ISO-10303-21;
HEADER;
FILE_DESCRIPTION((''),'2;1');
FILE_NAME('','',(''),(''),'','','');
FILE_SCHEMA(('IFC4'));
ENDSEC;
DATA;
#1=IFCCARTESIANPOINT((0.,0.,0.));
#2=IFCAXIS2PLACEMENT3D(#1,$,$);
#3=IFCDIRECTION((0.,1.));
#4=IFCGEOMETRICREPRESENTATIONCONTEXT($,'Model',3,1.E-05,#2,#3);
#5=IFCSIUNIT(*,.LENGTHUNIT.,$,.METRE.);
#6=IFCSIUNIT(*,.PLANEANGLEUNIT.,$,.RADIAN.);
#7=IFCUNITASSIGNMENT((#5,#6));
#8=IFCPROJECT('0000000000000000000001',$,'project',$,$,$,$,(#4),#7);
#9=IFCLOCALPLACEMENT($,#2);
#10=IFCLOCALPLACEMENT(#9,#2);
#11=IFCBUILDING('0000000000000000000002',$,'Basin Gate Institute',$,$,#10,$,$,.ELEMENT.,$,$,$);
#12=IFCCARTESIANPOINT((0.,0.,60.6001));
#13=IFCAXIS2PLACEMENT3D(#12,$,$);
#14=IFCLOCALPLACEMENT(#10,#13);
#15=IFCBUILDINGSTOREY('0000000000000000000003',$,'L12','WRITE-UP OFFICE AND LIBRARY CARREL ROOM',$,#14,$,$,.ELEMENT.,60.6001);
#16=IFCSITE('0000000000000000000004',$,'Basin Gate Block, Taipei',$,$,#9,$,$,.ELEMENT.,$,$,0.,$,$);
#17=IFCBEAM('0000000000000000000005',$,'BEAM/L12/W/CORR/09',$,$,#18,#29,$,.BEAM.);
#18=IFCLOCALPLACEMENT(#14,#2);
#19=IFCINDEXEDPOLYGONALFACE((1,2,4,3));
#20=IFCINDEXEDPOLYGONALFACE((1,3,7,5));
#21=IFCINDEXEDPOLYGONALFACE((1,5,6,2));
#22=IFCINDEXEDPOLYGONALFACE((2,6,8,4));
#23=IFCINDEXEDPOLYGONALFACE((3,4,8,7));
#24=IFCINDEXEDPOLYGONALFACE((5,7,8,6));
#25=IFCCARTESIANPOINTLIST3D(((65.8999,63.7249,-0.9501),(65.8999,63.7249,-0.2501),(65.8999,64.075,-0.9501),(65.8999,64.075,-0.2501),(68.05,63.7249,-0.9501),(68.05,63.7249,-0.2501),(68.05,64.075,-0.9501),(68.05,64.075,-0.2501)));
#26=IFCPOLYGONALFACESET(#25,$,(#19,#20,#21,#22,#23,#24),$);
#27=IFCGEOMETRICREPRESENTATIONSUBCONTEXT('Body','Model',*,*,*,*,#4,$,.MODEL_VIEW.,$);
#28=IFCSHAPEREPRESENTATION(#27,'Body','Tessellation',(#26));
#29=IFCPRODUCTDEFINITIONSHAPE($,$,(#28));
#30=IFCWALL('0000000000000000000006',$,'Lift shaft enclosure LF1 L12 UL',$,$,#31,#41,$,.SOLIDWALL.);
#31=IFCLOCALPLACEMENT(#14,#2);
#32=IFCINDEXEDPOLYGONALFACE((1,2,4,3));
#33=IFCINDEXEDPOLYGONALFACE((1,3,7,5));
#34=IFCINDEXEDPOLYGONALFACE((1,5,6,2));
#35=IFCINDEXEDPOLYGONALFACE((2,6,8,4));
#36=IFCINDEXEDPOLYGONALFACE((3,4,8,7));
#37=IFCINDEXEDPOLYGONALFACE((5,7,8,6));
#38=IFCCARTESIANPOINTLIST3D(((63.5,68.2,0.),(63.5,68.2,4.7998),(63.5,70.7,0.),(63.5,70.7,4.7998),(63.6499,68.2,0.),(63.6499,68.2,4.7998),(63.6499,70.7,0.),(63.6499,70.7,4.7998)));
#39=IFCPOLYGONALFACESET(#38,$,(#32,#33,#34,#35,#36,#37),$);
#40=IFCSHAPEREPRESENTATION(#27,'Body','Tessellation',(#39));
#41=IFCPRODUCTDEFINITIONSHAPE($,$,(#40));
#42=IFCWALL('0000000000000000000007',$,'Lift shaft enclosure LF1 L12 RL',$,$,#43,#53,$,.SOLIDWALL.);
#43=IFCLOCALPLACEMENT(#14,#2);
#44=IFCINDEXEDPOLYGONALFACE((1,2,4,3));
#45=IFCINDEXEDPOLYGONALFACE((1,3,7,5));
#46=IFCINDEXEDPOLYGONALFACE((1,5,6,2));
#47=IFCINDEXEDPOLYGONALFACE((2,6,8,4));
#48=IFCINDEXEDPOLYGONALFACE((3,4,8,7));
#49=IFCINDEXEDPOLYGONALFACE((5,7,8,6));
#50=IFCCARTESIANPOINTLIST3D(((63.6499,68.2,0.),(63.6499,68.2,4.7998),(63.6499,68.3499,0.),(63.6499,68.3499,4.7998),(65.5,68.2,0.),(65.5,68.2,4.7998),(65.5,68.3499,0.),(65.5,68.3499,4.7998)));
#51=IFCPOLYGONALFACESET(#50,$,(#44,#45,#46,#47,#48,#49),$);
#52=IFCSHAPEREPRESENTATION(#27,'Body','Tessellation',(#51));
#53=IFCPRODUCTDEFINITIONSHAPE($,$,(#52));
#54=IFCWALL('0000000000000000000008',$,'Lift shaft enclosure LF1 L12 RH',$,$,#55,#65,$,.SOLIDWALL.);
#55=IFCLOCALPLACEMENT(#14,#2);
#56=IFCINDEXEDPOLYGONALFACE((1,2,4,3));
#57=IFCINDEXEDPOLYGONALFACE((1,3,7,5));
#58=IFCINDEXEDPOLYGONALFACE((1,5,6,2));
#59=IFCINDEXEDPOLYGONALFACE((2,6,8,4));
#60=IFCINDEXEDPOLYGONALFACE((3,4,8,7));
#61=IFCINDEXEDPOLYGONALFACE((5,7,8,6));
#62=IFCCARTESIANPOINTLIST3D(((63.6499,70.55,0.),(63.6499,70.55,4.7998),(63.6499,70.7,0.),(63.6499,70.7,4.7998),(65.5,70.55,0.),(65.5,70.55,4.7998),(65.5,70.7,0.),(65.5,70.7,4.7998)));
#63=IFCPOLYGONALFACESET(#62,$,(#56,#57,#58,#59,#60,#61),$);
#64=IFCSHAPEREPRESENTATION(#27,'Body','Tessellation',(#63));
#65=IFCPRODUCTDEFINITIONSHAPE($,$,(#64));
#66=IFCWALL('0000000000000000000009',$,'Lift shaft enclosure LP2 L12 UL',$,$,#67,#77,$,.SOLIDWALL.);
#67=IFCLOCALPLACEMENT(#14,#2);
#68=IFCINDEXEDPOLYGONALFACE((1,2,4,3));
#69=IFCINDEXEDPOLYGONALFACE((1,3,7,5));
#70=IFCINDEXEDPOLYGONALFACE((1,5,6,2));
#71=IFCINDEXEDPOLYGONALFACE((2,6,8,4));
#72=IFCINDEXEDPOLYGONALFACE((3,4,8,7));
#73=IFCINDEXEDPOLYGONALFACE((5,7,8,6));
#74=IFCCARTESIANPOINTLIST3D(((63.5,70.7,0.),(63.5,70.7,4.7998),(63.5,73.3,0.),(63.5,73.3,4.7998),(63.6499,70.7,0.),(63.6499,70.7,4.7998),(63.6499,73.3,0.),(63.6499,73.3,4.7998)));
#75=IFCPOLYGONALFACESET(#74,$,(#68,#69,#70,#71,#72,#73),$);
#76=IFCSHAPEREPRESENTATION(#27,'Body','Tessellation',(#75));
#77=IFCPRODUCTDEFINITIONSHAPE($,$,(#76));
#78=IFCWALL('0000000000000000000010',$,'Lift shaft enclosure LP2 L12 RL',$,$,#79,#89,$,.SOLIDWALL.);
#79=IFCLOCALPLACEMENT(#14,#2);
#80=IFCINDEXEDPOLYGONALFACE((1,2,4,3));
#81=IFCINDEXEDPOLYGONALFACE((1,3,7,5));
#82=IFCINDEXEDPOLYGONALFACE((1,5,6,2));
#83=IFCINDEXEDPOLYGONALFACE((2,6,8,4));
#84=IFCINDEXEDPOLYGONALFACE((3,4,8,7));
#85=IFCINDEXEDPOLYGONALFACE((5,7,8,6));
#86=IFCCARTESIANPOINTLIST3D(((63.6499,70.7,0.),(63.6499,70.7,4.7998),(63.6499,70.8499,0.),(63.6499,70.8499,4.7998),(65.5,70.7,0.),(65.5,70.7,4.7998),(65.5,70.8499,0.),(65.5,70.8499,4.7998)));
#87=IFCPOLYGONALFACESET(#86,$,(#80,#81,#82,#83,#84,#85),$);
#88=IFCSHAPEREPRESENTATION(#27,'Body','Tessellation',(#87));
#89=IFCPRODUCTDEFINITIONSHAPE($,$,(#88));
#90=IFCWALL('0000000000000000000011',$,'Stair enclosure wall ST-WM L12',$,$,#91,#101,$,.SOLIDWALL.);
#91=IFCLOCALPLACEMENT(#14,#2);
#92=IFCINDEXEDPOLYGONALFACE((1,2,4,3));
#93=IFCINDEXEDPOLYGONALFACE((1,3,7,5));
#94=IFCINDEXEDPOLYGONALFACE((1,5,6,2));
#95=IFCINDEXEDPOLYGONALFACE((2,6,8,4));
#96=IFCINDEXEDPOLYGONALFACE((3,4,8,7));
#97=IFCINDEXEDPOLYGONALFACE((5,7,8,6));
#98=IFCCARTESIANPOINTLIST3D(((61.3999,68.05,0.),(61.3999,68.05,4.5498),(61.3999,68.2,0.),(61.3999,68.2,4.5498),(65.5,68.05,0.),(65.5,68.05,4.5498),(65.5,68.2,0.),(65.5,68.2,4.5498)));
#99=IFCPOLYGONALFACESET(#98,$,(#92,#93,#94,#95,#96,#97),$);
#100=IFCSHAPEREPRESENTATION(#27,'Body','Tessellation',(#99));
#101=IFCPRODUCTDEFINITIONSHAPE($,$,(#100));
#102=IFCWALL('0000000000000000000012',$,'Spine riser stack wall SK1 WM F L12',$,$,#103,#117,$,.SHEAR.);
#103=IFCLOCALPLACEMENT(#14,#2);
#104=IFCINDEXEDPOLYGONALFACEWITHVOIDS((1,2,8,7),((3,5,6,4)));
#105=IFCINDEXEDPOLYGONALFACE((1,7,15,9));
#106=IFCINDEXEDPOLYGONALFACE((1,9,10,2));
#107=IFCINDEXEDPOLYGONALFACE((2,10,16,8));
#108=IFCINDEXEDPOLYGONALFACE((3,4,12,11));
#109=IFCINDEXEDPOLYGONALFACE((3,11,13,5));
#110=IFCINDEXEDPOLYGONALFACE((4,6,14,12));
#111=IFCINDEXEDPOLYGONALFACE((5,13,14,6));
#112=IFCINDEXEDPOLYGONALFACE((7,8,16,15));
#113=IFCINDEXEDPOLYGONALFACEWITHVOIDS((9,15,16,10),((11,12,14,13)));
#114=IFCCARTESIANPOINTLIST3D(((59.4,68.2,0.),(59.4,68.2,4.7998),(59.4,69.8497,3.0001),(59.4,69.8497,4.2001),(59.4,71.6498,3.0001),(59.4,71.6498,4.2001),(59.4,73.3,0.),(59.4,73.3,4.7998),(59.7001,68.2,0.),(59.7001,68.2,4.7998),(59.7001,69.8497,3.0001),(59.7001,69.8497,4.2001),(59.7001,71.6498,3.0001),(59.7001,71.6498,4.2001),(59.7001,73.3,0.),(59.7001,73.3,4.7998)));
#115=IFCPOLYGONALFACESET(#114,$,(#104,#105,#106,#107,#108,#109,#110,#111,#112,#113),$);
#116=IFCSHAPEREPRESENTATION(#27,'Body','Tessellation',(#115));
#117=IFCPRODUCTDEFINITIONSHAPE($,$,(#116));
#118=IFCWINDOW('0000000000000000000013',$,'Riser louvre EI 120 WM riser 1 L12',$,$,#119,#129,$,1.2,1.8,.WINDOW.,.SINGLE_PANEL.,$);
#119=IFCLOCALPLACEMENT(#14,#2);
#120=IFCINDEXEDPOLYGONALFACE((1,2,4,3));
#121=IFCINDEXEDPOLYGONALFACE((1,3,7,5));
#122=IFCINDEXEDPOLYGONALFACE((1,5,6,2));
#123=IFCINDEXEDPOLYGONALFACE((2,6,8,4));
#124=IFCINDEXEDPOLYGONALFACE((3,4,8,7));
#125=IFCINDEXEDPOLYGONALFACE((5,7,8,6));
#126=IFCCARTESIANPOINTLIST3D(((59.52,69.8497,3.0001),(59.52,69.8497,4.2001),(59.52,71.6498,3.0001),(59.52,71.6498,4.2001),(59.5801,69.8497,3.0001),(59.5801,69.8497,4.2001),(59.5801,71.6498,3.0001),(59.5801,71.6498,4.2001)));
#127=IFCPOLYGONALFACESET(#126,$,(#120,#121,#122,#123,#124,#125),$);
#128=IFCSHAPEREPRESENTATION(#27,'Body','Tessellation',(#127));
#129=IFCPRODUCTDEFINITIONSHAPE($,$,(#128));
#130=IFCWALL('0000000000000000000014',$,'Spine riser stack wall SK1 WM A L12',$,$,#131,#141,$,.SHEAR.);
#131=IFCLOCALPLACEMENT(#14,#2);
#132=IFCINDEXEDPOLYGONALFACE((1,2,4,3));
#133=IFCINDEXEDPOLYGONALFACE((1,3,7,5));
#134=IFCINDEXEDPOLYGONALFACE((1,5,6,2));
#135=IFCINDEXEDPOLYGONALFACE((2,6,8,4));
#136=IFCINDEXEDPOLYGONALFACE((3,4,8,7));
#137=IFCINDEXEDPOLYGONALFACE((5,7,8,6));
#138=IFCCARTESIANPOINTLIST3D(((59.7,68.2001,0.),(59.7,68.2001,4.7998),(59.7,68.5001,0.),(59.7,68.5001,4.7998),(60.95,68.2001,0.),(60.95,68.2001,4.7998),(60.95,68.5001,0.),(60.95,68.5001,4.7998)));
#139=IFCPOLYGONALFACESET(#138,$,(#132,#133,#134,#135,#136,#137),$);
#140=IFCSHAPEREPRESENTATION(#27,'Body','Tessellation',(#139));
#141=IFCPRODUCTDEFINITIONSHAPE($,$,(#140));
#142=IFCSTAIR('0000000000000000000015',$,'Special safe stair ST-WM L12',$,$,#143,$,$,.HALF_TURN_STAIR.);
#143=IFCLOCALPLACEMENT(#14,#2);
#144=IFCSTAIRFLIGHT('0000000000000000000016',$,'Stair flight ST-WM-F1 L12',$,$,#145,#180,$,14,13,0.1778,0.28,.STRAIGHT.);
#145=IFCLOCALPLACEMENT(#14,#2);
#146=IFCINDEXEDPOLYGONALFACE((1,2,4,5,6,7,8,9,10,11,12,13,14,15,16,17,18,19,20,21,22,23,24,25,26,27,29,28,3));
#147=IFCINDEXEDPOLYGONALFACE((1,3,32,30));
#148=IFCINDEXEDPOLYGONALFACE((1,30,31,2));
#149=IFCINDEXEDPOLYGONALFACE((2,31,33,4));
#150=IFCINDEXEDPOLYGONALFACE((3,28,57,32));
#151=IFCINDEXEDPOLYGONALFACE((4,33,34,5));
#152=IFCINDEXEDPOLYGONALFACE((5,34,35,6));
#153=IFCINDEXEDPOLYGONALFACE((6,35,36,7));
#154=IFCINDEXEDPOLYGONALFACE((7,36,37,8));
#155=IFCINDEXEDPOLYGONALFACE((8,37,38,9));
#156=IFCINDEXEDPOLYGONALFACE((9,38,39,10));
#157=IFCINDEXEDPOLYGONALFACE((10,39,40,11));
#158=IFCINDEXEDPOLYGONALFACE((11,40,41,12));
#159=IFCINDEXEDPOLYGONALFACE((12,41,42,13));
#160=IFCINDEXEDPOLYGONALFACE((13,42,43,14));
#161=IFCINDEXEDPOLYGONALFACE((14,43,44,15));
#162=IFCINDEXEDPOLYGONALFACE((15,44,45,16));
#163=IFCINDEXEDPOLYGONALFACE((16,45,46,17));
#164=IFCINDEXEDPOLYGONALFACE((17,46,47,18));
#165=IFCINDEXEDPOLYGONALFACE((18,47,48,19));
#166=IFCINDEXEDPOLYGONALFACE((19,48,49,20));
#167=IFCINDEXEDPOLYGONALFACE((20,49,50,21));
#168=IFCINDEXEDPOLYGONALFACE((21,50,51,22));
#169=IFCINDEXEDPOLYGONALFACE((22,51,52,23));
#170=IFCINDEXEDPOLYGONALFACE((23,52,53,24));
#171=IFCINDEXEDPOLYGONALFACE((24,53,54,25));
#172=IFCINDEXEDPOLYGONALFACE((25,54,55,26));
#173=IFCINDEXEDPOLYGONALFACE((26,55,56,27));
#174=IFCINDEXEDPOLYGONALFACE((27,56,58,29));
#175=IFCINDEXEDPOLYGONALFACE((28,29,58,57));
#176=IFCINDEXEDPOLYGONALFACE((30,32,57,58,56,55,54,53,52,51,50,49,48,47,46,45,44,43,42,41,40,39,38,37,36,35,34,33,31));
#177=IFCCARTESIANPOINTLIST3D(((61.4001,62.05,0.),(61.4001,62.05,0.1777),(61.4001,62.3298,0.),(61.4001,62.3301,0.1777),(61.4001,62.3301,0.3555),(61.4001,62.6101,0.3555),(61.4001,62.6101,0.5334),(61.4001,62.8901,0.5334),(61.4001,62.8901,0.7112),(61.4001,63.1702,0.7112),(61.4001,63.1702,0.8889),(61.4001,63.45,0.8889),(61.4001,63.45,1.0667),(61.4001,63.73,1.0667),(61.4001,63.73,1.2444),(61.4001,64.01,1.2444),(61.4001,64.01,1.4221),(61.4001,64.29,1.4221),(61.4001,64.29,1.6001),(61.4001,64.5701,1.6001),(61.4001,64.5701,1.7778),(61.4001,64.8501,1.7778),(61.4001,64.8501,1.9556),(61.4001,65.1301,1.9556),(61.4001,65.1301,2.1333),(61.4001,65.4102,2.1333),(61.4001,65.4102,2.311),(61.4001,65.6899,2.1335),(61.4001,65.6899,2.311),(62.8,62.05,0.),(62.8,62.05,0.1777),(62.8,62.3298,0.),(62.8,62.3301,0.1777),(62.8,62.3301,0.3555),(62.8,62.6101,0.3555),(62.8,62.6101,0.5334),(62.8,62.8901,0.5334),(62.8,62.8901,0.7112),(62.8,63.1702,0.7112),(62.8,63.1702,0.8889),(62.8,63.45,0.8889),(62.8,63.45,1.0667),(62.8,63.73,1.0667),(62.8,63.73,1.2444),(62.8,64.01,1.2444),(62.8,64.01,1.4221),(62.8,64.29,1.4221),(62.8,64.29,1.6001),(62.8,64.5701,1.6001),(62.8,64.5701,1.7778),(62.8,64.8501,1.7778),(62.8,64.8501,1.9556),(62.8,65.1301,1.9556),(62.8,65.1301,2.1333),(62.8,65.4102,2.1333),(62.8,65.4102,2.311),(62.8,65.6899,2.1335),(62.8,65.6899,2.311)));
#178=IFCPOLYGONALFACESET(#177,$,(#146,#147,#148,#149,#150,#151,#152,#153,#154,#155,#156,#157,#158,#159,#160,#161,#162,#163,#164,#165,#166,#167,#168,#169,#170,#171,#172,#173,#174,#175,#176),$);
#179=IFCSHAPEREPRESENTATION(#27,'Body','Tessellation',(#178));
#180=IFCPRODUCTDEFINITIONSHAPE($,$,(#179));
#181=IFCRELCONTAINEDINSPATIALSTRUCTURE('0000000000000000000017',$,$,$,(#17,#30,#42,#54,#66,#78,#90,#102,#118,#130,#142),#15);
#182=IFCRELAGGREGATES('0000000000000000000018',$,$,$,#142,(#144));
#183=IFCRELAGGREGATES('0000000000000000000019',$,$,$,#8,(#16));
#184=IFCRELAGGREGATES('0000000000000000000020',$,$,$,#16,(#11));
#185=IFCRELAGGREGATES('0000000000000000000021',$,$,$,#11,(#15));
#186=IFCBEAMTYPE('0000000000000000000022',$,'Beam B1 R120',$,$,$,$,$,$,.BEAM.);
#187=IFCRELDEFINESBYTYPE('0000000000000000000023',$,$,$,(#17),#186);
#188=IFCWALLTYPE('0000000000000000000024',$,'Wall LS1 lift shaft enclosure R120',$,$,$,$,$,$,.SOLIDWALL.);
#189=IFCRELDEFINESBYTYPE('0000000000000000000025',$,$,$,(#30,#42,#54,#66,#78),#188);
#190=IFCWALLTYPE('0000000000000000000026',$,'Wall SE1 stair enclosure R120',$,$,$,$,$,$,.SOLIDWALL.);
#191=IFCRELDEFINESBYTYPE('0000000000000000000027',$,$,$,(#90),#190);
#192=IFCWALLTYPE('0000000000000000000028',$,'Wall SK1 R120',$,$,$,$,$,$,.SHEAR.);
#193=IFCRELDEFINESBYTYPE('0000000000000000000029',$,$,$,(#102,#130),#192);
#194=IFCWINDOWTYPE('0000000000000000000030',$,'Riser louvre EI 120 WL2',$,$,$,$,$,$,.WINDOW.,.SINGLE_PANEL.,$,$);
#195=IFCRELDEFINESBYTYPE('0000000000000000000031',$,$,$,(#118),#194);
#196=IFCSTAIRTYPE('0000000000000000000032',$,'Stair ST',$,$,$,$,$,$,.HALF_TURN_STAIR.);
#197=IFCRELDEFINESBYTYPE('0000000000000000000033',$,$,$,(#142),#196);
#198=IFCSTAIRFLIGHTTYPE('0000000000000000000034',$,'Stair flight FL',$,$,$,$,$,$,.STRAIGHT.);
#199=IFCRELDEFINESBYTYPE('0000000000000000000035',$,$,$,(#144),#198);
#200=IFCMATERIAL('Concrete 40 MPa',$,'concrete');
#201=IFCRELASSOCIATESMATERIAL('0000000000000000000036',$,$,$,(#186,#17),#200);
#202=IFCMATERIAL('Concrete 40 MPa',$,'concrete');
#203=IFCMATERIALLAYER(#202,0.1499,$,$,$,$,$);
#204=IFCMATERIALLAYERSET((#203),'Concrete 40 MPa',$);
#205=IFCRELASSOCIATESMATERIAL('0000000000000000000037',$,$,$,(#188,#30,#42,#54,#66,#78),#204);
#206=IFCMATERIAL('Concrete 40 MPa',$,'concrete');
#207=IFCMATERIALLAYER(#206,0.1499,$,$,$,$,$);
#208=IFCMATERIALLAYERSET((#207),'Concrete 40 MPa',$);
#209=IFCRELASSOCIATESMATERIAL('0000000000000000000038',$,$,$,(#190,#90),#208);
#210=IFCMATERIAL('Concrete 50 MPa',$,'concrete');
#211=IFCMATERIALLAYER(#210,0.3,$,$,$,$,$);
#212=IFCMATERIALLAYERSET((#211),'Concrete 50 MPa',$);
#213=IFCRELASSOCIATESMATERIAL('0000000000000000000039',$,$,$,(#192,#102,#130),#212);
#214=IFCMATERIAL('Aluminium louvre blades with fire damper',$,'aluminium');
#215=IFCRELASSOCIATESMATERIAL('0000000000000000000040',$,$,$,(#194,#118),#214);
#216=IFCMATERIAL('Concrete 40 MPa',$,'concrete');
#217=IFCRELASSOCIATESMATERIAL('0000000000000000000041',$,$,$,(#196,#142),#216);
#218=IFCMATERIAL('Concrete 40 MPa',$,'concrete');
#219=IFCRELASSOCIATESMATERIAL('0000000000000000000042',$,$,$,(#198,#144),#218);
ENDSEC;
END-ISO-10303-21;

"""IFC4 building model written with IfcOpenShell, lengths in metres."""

from ifc_helpers import new_model, si_unit, direction, frame, frame_2d, origin, origin_2d, place, context, subcontext, project, spatial, polyline, rectangle, outline, extrude, material, layer, layer_set, material_profile, profile_set, type_object, element, fill, aggregate, save


model = new_model("IFC4")

# Units and contexts
model_context = context("Model", 3, precision=1e-05, world=origin(), true_north=direction((0.0, 1.0)))
body_context = subcontext(model_context, "Body", "Model", "MODEL_VIEW")
ifc_project = project(units=[si_unit("LENGTHUNIT", "METRE"), si_unit("PLANEANGLEUNIT", "RADIAN")], contexts=[model_context])

# Site, building, storey
site_placement = place(None, origin())
site = spatial("IfcSite", under=ifc_project, at=site_placement, Name="Basin Gate Block, Taipei", CompositionType="ELEMENT", RefElevation=0.0)
building_placement = place(site_placement, origin())
building = spatial("IfcBuilding", under=site, at=building_placement, Name="Basin Gate Institute", CompositionType="ELEMENT")
storey_placement = place(building_placement, frame((0.0, 0.0, 60.6001)))
storey = spatial("IfcBuildingStorey", under=building, at=storey_placement, Name="L12", Description="WRITE-UP OFFICE AND LIBRARY CARREL ROOM", CompositionType="ELEMENT", Elevation=60.6001)

# Beam
ifc_material_1 = material(Name="Concrete 40 MPa", Category="concrete")
ifc_material_profile = material_profile(ifc_material_1, rectangle(XDim=0.3501, YDim=0.7, at=origin_2d()), Name="Beam B1 350 x 700")
ifc_profile_set = profile_set([ifc_material_profile], Name="Concrete 40 MPa")
beam_type = type_object("IfcBeamType", Name="Beam B1 R120", PredefinedType="BEAM", material=ifc_profile_set)
beam_placement = place(storey_placement, frame((65.8999, 63.8999, -0.6001), z_axis=(1.0, 0.0, 0.0), x_axis=(0.0, 1.0, 0.0)))
element("IfcBeam", 1, at=beam_placement, inside=storey, type_object=beam_type, material=ifc_profile_set, Name="BEAM/L12/W/CORR/09", PredefinedType="BEAM", context=body_context, shape_type="SweptSolid", body=[
    extrude(rectangle(XDim=0.3501, YDim=0.7, at=origin_2d()), origin(), (0.0, 0.0, 1.0), 2.1501),
])

# Walls
ifc_material_2 = material(Name="Concrete 40 MPa", Category="concrete")
ifc_layer_1 = layer(ifc_material_2, 0.1499)
ifc_layer_set_1 = layer_set([ifc_layer_1], Name="Concrete 40 MPa")
wall_type_1 = type_object("IfcWallType", Name="Wall LS1 lift shaft enclosure R120", PredefinedType="SOLIDWALL", material=ifc_layer_set_1)
wall_1_placement = place(storey_placement, frame((63.575, 68.2, 0.0), z_axis=(0.0, 0.0, 1.0), x_axis=(0.0, 1.0, 0.0)))
element("IfcWall", 2, at=wall_1_placement, inside=storey, type_object=wall_type_1, material=ifc_layer_set_1, Name="Lift shaft enclosure LF1 L12 UL", PredefinedType="SOLIDWALL", context=body_context, shape_type="SweptSolid", body=[
    extrude(rectangle(XDim=2.5, YDim=0.1499, at=frame_2d((1.25, 0.0))), origin(), (0.0, 0.0, 1.0), 4.7998),
])
for number, where, z_axis, x_axis, name in (
    (3, (63.6499, 68.2749, 0.0), (0.0, 0.0, 1.0), (1.0, 0.0, 0.0), "Lift shaft enclosure LF1 L12 RL"),
    (4, (63.6499, 70.625, 0.0), (0.0, 0.0, 1.0), (1.0, 0.0, 0.0), "Lift shaft enclosure LF1 L12 RH"),
):
    element("IfcWall", number, at=place(storey_placement, frame(where, z_axis=z_axis, x_axis=x_axis)), inside=storey, type_object=wall_type_1, material=ifc_layer_set_1, Name=name, PredefinedType="SOLIDWALL", context=body_context, shape_type="SweptSolid", body=[
        extrude(rectangle(XDim=1.8501, YDim=0.1499, at=frame_2d((0.925, 0.0))), origin(), (0.0, 0.0, 1.0), 4.7998),
    ])
wall_2_placement = place(storey_placement, frame((63.575, 70.7, 0.0), z_axis=(0.0, 0.0, 1.0), x_axis=(0.0, 1.0, 0.0)))
element("IfcWall", 5, at=wall_2_placement, inside=storey, type_object=wall_type_1, material=ifc_layer_set_1, Name="Lift shaft enclosure LP2 L12 UL", PredefinedType="SOLIDWALL", context=body_context, shape_type="SweptSolid", body=[
    extrude(rectangle(XDim=2.6001, YDim=0.1499, at=frame_2d((1.3, 0.0))), origin(), (0.0, 0.0, 1.0), 4.7998),
])
wall_3_placement = place(storey_placement, frame((63.6499, 70.7749, 0.0), z_axis=(0.0, 0.0, 1.0), x_axis=(1.0, 0.0, 0.0)))
element("IfcWall", 6, at=wall_3_placement, inside=storey, type_object=wall_type_1, material=ifc_layer_set_1, Name="Lift shaft enclosure LP2 L12 RL", PredefinedType="SOLIDWALL", context=body_context, shape_type="SweptSolid", body=[
    extrude(rectangle(XDim=1.8501, YDim=0.1499, at=frame_2d((0.925, 0.0))), origin(), (0.0, 0.0, 1.0), 4.7998),
])
ifc_material_3 = material(Name="Concrete 40 MPa", Category="concrete")
ifc_layer_2 = layer(ifc_material_3, 0.1499)
ifc_layer_set_2 = layer_set([ifc_layer_2], Name="Concrete 40 MPa")
wall_type_2 = type_object("IfcWallType", Name="Wall SE1 stair enclosure R120", PredefinedType="SOLIDWALL", material=ifc_layer_set_2)
wall_4_placement = place(storey_placement, frame((61.3999, 68.125, 0.0), z_axis=(0.0, 0.0, 1.0), x_axis=(1.0, 0.0, 0.0)))
element("IfcWall", 7, at=wall_4_placement, inside=storey, type_object=wall_type_2, material=ifc_layer_set_2, Name="Stair enclosure wall ST-WM L12", PredefinedType="SOLIDWALL", context=body_context, shape_type="SweptSolid", body=[
    extrude(rectangle(XDim=4.1001, YDim=0.1499, at=frame_2d((2.05, 0.0))), origin(), (0.0, 0.0, 1.0), 4.5498),
])

# Wall, opening, window
ifc_material_4 = material(Name="Concrete 50 MPa", Category="concrete")
ifc_layer_3 = layer(ifc_material_4, 0.3)
ifc_layer_set_3 = layer_set([ifc_layer_3], Name="Concrete 50 MPa")
wall_type_3 = type_object("IfcWallType", Name="Wall SK1 R120", PredefinedType="SHEAR", material=ifc_layer_set_3)
wall_5_placement = place(storey_placement, frame((59.55, 68.2, 0.0), z_axis=(0.0, 0.0, 1.0), x_axis=(0.0, 1.0, 0.0)))
wall_5 = element("IfcWall", 8, at=wall_5_placement, inside=storey, type_object=wall_type_3, material=ifc_layer_set_3, Name="Spine riser stack wall SK1 WM F L12", PredefinedType="SHEAR", context=body_context, shape_type="SweptSolid", body=[
    extrude(rectangle(XDim=5.1001, YDim=0.3, at=frame_2d((2.55, 0.0))), origin(), (0.0, 0.0, 1.0), 4.7998),
])
opening_placement = place(wall_5_placement, frame((1.6499, 0.0, 3.0)))
opening = element("IfcOpeningElement", 9, at=opening_placement, cuts=wall_5, PredefinedType="OPENING", context=body_context, shape_type="SweptSolid", body=[
    extrude(rectangle(XDim=1.8, YDim=1.2, at=frame_2d((0.8999, 0.6001))), frame((0.0, 0.1602, 0.0), z_axis=(0.0, -1.0, 0.0), x_axis=(1.0, 0.0, 0.0)), (0.0, 0.0, 1.0), 0.3201),
])
ifc_material_5 = material(Name="Aluminium louvre blades with fire damper", Category="aluminium")
window_type = type_object("IfcWindowType", Name="Riser louvre EI 120 WL2", PartitioningType="SINGLE_PANEL", PredefinedType="WINDOW", material=ifc_material_5)
window_placement = place(opening_placement, origin())
window = element("IfcWindow", 10, at=window_placement, inside=storey, type_object=window_type, material=ifc_material_5, Name="Riser louvre EI 120 WM riser 1 L12", OverallHeight=1.2, OverallWidth=1.8, PartitioningType="SINGLE_PANEL", PredefinedType="WINDOW", context=body_context, shape_type="SweptSolid", body=[
    extrude(rectangle(XDim=1.8, YDim=1.2, at=frame_2d((0.8999, 0.6001))), frame((0.0, 0.03, 0.0), z_axis=(0.0, -1.0, 0.0), x_axis=(1.0, 0.0, 0.0)), (0.0, 0.0, 1.0), 0.0601),
])
fill(opening, window)

# Wall
wall_6_placement = place(storey_placement, frame((60.95, 68.3501, 0.0), z_axis=(0.0, 0.0, 1.0), x_axis=(-1.0, 0.0, 0.0)))
element("IfcWall", 11, at=wall_6_placement, inside=storey, type_object=wall_type_3, material=ifc_layer_set_3, Name="Spine riser stack wall SK1 WM A L12", PredefinedType="SHEAR", context=body_context, shape_type="SweptSolid", body=[
    extrude(rectangle(XDim=1.25, YDim=0.3, at=frame_2d((0.625, 0.0))), origin(), (0.0, 0.0, 1.0), 4.7998),
])

# Stair, stair flight
ifc_material_6 = material(Name="Concrete 40 MPa", Category="concrete")
stair_type = type_object("IfcStairType", Name="Stair ST", PredefinedType="HALF_TURN_STAIR", material=ifc_material_6)
stair_placement = place(storey_placement, origin())
stair = element("IfcStair", 12, at=stair_placement, inside=storey, type_object=stair_type, material=ifc_material_6, Name="Special safe stair ST-WM L12", PredefinedType="HALF_TURN_STAIR")
ifc_material_7 = material(Name="Concrete 40 MPa", Category="concrete")
stair_flight_type = type_object("IfcStairFlightType", Name="Stair flight FL", PredefinedType="STRAIGHT", material=ifc_material_7)
stair_flight_1_placement = place(storey_placement, frame((62.1001, 62.05, 0.0), z_axis=(0.0, 0.0, 1.0), x_axis=(0.0, 1.0, 0.0)))
stair_flight_1 = element("IfcStairFlight", 13, at=stair_flight_1_placement, type_object=stair_flight_type, material=ifc_material_7, Name="Stair flight ST-WM-F1 L12", NumberOfRisers=14, NumberOfTreads=13, PredefinedType="STRAIGHT", RiserHeight=0.1778, TreadLength=0.28, context=body_context, shape_type="SweptSolid", body=[
    extrude(outline(polyline([(0.0, 0.0), (0.0, 0.1777), (0.28, 0.1777), (0.28, 0.3555), (0.5601, 0.3555), (0.5601, 0.5334), (0.8401, 0.5334), (0.8401, 0.7112), (1.1201, 0.7112), (1.1201, 0.8889), (1.3999, 0.8889), (1.3999, 1.0667), (1.6799, 1.0667), (1.6799, 1.2444), (1.96, 1.2444), (1.96, 1.4221), (2.24, 1.4221), (2.24, 1.6001), (2.52, 1.6001), (2.52, 1.7778), (2.8, 1.7778), (2.8, 1.9556), (3.0801, 1.9556), (3.0801, 2.1333), (3.3601, 2.1333), (3.3601, 2.311), (3.6399, 2.311), (3.6399, 2.4888), (3.6399, 2.1335), (0.2798, 0.0), (0.0, 0.0)])), frame((0.0, 0.7, 0.0), z_axis=(0.0, -1.0, 0.0), x_axis=(1.0, 0.0, 0.0)), (0.0, 0.0, 1.0), 1.3999),
])
aggregate(stair, [stair_flight_1])

save(model, "model.ifc")
